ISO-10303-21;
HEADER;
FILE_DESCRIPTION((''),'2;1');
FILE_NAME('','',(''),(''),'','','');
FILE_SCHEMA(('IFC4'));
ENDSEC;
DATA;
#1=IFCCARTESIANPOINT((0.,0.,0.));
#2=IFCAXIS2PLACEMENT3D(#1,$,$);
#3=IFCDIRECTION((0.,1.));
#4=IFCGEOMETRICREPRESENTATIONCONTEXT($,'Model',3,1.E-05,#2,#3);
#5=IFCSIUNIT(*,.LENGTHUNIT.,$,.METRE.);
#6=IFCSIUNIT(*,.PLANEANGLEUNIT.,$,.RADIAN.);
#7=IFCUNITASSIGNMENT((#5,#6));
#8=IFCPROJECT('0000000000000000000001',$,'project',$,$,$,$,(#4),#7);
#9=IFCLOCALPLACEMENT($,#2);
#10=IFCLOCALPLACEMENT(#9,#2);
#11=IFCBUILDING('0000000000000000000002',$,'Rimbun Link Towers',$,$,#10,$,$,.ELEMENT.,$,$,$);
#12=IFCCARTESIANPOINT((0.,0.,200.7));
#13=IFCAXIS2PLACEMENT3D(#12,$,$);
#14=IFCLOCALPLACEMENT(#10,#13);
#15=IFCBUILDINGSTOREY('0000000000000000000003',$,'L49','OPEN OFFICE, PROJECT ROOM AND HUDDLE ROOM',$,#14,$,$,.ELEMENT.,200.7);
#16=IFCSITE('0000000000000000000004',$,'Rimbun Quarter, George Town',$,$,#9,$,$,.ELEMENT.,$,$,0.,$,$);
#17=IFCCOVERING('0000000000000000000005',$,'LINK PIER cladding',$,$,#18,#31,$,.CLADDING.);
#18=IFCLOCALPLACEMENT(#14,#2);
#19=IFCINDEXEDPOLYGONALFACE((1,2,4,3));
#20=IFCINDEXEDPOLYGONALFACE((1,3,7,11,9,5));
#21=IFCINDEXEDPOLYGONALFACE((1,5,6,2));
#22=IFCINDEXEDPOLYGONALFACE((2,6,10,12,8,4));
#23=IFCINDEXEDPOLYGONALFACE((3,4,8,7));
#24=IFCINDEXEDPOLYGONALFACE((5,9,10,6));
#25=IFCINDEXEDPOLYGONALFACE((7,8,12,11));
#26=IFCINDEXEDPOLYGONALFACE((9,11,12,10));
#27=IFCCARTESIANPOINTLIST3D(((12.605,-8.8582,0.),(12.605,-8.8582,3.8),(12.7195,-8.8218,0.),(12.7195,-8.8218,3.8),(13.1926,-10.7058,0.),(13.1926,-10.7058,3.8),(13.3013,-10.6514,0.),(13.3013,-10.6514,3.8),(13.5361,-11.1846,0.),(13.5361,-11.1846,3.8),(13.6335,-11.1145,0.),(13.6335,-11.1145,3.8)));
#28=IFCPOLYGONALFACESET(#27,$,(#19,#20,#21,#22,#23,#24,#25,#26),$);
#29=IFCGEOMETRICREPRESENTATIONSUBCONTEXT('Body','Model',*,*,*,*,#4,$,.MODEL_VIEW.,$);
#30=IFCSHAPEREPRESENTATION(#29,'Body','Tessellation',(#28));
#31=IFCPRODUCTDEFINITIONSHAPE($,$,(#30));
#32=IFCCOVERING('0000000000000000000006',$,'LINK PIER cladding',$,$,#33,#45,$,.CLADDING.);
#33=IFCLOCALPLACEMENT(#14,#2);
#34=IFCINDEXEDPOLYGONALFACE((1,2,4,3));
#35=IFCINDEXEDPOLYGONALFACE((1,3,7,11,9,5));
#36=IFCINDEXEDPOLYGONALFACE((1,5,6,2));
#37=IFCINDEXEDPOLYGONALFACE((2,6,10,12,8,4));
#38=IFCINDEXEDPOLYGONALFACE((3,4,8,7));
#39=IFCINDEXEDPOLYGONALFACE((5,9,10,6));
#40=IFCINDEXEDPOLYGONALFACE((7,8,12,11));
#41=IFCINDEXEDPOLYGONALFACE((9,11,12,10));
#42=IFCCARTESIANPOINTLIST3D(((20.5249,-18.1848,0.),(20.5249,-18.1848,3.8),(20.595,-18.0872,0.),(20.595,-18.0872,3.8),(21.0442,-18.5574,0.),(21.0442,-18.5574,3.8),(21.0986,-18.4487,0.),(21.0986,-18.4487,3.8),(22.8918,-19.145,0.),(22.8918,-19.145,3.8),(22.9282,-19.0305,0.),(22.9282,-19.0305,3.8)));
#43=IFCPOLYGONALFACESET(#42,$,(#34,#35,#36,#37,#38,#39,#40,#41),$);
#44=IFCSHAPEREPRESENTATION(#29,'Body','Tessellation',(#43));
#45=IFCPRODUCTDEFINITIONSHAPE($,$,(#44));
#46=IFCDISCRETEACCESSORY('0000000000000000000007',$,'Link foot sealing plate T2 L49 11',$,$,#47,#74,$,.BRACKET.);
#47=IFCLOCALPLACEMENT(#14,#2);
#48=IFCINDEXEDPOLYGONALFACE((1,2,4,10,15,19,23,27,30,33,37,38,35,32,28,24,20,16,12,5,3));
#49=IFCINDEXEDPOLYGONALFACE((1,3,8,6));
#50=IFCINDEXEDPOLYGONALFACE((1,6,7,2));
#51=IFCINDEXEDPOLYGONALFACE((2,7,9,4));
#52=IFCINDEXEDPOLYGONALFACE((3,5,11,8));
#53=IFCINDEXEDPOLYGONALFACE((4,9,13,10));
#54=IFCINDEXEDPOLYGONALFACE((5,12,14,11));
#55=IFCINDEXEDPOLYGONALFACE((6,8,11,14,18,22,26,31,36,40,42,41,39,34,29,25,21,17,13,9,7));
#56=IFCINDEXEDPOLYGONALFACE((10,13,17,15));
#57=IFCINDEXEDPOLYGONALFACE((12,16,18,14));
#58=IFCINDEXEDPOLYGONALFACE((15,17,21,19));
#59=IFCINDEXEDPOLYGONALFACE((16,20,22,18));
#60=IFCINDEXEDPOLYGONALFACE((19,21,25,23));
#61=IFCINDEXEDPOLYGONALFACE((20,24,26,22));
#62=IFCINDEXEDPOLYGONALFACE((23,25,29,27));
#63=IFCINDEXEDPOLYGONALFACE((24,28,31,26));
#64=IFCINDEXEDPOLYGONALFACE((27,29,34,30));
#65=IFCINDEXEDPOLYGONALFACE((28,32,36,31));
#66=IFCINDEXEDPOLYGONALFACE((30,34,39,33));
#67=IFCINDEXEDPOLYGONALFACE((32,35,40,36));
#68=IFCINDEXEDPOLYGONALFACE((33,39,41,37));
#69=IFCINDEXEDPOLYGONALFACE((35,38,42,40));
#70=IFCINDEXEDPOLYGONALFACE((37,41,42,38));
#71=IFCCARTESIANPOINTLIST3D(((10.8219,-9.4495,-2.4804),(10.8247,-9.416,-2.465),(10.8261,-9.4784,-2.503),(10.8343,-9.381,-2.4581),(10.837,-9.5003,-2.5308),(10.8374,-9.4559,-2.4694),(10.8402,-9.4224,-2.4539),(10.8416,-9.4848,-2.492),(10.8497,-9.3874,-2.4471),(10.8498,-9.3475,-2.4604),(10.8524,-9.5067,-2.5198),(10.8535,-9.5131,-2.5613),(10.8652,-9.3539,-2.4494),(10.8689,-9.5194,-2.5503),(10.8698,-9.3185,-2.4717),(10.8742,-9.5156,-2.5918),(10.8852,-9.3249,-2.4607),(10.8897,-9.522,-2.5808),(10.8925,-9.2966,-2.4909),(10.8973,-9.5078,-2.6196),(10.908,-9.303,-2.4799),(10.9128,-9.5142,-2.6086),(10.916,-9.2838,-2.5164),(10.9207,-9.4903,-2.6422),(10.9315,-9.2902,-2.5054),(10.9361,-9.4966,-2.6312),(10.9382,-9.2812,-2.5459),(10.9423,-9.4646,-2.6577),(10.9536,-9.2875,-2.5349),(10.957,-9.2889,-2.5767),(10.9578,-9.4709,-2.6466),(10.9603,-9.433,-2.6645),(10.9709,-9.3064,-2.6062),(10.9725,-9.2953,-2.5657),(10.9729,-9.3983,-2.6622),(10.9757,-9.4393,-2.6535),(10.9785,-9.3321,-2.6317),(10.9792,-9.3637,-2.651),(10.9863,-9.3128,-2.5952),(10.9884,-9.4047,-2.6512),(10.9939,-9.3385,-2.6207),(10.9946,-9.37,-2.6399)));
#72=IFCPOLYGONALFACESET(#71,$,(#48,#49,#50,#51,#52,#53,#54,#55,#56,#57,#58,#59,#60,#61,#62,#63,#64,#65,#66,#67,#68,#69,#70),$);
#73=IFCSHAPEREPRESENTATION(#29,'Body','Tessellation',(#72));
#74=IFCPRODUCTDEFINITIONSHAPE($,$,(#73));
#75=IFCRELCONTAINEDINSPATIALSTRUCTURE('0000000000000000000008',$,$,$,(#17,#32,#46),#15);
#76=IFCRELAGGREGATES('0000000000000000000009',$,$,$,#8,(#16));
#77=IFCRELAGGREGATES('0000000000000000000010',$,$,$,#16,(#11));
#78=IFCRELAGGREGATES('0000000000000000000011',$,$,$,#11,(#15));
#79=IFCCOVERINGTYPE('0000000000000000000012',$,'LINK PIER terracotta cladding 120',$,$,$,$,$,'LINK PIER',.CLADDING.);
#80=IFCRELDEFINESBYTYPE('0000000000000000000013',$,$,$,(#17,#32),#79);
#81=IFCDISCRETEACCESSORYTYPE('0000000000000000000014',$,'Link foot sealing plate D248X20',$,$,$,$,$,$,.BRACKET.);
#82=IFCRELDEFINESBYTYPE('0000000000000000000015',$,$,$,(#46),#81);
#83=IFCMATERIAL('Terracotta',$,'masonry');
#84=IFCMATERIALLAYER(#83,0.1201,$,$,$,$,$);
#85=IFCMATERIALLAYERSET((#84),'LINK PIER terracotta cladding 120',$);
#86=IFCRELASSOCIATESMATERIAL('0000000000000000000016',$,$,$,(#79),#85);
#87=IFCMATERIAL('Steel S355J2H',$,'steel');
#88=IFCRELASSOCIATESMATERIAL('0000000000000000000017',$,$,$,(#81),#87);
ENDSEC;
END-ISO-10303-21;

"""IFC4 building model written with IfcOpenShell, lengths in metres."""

from ifc_helpers import new_model, si_unit, direction, frame, origin, origin_2d, place, context, subcontext, project, spatial, polyline, circle, outline, extrude, material, layer, layer_set, material_profile, profile_set, type_object, element, save


model = new_model("IFC4")

# Units and contexts
model_context = context("Model", 3, precision=1e-05, world=origin(), true_north=direction((0.0, 1.0)))
body_context = subcontext(model_context, "Body", "Model", "MODEL_VIEW")
ifc_project = project(units=[si_unit("LENGTHUNIT", "METRE"), si_unit("PLANEANGLEUNIT", "RADIAN")], contexts=[model_context])

# Site, building, storey
site_placement = place(None, origin())
site = spatial("IfcSite", under=ifc_project, at=site_placement, Name="Rimbun Quarter, George Town", CompositionType="ELEMENT", RefElevation=0.0)
building_placement = place(site_placement, origin())
building = spatial("IfcBuilding", under=site, at=building_placement, Name="Rimbun Link Towers", CompositionType="ELEMENT")
storey_placement = place(building_placement, frame((0.0, 0.0, 200.7)))
storey = spatial("IfcBuildingStorey", under=building, at=storey_placement, Name="L49", Description="OPEN OFFICE, PROJECT ROOM AND HUDDLE ROOM", CompositionType="ELEMENT", Elevation=200.7)

# Coverings
ifc_material_1 = material(Name="Terracotta", Category="masonry")
ifc_layer_1 = layer(ifc_material_1, 0.1201)
ifc_layer_set_1 = layer_set([ifc_layer_1], Name="LINK PIER terracotta cladding 120")
covering_type_1 = type_object("IfcCoveringType", Name="LINK PIER terracotta cladding 120", ElementType="LINK PIER", PredefinedType="CLADDING", material=ifc_layer_set_1)
covering_1_placement = place(storey_placement, origin())
element("IfcCovering", 1, at=covering_1_placement, inside=storey, type_object=covering_type_1, Name="LINK PIER cladding", PredefinedType="CLADDING", context=body_context, shape_type="SweptSolid", body=[
    extrude(outline(polyline([(13.6335, -11.1145), (13.3013, -10.6514), (12.7195, -8.8218), (12.605, -8.8582), (13.1926, -10.7058), (13.5361, -11.1846), (13.6335, -11.1145)])), origin(), (0.0, 0.0, 1.0), 3.8),
])
covering_2_placement = place(storey_placement, origin())
element("IfcCovering", 2, at=covering_2_placement, inside=storey, type_object=covering_type_1, Name="LINK PIER cladding", PredefinedType="CLADDING", context=body_context, shape_type="SweptSolid", body=[
    extrude(outline(polyline([(22.9282, -19.0305), (21.0986, -18.4487), (20.595, -18.0872), (20.5249, -18.1848), (21.0442, -18.5574), (22.8918, -19.145), (22.9282, -19.0305)])), origin(), (0.0, 0.0, 1.0), 3.8),
])

# Discrete accessory
ifc_material_2 = material(Name="Steel S355J2H", Category="steel")
ifc_material_profile_1 = material_profile(ifc_material_2, circle(Radius=0.124, at=origin_2d()), Name="PL D248")
ifc_profile_set_1 = profile_set([ifc_material_profile_1], Name="Steel S355J2H")
discrete_accessory_type = type_object("IfcDiscreteAccessoryType", Name="Link foot sealing plate D248X20", PredefinedType="BRACKET", material=ifc_profile_set_1)
discrete_accessory_placement = place(storey_placement, frame((10.9163, -9.4048, -2.5503), z_axis=(-0.771396, 0.318354, -0.550997), x_axis=(-0.381488, -0.924374, 0.0)))
element("IfcDiscreteAccessory", 3, at=discrete_accessory_placement, inside=storey, type_object=discrete_accessory_type, Name="Link foot sealing plate T2 L49 11", PredefinedType="BRACKET", context=body_context, shape_type="SweptSolid", body=[
    extrude(circle(Radius=0.124, at=origin_2d()), origin(), (0.0, 0.0, 1.0), 0.02),
])

save(model, "model.ifc")
